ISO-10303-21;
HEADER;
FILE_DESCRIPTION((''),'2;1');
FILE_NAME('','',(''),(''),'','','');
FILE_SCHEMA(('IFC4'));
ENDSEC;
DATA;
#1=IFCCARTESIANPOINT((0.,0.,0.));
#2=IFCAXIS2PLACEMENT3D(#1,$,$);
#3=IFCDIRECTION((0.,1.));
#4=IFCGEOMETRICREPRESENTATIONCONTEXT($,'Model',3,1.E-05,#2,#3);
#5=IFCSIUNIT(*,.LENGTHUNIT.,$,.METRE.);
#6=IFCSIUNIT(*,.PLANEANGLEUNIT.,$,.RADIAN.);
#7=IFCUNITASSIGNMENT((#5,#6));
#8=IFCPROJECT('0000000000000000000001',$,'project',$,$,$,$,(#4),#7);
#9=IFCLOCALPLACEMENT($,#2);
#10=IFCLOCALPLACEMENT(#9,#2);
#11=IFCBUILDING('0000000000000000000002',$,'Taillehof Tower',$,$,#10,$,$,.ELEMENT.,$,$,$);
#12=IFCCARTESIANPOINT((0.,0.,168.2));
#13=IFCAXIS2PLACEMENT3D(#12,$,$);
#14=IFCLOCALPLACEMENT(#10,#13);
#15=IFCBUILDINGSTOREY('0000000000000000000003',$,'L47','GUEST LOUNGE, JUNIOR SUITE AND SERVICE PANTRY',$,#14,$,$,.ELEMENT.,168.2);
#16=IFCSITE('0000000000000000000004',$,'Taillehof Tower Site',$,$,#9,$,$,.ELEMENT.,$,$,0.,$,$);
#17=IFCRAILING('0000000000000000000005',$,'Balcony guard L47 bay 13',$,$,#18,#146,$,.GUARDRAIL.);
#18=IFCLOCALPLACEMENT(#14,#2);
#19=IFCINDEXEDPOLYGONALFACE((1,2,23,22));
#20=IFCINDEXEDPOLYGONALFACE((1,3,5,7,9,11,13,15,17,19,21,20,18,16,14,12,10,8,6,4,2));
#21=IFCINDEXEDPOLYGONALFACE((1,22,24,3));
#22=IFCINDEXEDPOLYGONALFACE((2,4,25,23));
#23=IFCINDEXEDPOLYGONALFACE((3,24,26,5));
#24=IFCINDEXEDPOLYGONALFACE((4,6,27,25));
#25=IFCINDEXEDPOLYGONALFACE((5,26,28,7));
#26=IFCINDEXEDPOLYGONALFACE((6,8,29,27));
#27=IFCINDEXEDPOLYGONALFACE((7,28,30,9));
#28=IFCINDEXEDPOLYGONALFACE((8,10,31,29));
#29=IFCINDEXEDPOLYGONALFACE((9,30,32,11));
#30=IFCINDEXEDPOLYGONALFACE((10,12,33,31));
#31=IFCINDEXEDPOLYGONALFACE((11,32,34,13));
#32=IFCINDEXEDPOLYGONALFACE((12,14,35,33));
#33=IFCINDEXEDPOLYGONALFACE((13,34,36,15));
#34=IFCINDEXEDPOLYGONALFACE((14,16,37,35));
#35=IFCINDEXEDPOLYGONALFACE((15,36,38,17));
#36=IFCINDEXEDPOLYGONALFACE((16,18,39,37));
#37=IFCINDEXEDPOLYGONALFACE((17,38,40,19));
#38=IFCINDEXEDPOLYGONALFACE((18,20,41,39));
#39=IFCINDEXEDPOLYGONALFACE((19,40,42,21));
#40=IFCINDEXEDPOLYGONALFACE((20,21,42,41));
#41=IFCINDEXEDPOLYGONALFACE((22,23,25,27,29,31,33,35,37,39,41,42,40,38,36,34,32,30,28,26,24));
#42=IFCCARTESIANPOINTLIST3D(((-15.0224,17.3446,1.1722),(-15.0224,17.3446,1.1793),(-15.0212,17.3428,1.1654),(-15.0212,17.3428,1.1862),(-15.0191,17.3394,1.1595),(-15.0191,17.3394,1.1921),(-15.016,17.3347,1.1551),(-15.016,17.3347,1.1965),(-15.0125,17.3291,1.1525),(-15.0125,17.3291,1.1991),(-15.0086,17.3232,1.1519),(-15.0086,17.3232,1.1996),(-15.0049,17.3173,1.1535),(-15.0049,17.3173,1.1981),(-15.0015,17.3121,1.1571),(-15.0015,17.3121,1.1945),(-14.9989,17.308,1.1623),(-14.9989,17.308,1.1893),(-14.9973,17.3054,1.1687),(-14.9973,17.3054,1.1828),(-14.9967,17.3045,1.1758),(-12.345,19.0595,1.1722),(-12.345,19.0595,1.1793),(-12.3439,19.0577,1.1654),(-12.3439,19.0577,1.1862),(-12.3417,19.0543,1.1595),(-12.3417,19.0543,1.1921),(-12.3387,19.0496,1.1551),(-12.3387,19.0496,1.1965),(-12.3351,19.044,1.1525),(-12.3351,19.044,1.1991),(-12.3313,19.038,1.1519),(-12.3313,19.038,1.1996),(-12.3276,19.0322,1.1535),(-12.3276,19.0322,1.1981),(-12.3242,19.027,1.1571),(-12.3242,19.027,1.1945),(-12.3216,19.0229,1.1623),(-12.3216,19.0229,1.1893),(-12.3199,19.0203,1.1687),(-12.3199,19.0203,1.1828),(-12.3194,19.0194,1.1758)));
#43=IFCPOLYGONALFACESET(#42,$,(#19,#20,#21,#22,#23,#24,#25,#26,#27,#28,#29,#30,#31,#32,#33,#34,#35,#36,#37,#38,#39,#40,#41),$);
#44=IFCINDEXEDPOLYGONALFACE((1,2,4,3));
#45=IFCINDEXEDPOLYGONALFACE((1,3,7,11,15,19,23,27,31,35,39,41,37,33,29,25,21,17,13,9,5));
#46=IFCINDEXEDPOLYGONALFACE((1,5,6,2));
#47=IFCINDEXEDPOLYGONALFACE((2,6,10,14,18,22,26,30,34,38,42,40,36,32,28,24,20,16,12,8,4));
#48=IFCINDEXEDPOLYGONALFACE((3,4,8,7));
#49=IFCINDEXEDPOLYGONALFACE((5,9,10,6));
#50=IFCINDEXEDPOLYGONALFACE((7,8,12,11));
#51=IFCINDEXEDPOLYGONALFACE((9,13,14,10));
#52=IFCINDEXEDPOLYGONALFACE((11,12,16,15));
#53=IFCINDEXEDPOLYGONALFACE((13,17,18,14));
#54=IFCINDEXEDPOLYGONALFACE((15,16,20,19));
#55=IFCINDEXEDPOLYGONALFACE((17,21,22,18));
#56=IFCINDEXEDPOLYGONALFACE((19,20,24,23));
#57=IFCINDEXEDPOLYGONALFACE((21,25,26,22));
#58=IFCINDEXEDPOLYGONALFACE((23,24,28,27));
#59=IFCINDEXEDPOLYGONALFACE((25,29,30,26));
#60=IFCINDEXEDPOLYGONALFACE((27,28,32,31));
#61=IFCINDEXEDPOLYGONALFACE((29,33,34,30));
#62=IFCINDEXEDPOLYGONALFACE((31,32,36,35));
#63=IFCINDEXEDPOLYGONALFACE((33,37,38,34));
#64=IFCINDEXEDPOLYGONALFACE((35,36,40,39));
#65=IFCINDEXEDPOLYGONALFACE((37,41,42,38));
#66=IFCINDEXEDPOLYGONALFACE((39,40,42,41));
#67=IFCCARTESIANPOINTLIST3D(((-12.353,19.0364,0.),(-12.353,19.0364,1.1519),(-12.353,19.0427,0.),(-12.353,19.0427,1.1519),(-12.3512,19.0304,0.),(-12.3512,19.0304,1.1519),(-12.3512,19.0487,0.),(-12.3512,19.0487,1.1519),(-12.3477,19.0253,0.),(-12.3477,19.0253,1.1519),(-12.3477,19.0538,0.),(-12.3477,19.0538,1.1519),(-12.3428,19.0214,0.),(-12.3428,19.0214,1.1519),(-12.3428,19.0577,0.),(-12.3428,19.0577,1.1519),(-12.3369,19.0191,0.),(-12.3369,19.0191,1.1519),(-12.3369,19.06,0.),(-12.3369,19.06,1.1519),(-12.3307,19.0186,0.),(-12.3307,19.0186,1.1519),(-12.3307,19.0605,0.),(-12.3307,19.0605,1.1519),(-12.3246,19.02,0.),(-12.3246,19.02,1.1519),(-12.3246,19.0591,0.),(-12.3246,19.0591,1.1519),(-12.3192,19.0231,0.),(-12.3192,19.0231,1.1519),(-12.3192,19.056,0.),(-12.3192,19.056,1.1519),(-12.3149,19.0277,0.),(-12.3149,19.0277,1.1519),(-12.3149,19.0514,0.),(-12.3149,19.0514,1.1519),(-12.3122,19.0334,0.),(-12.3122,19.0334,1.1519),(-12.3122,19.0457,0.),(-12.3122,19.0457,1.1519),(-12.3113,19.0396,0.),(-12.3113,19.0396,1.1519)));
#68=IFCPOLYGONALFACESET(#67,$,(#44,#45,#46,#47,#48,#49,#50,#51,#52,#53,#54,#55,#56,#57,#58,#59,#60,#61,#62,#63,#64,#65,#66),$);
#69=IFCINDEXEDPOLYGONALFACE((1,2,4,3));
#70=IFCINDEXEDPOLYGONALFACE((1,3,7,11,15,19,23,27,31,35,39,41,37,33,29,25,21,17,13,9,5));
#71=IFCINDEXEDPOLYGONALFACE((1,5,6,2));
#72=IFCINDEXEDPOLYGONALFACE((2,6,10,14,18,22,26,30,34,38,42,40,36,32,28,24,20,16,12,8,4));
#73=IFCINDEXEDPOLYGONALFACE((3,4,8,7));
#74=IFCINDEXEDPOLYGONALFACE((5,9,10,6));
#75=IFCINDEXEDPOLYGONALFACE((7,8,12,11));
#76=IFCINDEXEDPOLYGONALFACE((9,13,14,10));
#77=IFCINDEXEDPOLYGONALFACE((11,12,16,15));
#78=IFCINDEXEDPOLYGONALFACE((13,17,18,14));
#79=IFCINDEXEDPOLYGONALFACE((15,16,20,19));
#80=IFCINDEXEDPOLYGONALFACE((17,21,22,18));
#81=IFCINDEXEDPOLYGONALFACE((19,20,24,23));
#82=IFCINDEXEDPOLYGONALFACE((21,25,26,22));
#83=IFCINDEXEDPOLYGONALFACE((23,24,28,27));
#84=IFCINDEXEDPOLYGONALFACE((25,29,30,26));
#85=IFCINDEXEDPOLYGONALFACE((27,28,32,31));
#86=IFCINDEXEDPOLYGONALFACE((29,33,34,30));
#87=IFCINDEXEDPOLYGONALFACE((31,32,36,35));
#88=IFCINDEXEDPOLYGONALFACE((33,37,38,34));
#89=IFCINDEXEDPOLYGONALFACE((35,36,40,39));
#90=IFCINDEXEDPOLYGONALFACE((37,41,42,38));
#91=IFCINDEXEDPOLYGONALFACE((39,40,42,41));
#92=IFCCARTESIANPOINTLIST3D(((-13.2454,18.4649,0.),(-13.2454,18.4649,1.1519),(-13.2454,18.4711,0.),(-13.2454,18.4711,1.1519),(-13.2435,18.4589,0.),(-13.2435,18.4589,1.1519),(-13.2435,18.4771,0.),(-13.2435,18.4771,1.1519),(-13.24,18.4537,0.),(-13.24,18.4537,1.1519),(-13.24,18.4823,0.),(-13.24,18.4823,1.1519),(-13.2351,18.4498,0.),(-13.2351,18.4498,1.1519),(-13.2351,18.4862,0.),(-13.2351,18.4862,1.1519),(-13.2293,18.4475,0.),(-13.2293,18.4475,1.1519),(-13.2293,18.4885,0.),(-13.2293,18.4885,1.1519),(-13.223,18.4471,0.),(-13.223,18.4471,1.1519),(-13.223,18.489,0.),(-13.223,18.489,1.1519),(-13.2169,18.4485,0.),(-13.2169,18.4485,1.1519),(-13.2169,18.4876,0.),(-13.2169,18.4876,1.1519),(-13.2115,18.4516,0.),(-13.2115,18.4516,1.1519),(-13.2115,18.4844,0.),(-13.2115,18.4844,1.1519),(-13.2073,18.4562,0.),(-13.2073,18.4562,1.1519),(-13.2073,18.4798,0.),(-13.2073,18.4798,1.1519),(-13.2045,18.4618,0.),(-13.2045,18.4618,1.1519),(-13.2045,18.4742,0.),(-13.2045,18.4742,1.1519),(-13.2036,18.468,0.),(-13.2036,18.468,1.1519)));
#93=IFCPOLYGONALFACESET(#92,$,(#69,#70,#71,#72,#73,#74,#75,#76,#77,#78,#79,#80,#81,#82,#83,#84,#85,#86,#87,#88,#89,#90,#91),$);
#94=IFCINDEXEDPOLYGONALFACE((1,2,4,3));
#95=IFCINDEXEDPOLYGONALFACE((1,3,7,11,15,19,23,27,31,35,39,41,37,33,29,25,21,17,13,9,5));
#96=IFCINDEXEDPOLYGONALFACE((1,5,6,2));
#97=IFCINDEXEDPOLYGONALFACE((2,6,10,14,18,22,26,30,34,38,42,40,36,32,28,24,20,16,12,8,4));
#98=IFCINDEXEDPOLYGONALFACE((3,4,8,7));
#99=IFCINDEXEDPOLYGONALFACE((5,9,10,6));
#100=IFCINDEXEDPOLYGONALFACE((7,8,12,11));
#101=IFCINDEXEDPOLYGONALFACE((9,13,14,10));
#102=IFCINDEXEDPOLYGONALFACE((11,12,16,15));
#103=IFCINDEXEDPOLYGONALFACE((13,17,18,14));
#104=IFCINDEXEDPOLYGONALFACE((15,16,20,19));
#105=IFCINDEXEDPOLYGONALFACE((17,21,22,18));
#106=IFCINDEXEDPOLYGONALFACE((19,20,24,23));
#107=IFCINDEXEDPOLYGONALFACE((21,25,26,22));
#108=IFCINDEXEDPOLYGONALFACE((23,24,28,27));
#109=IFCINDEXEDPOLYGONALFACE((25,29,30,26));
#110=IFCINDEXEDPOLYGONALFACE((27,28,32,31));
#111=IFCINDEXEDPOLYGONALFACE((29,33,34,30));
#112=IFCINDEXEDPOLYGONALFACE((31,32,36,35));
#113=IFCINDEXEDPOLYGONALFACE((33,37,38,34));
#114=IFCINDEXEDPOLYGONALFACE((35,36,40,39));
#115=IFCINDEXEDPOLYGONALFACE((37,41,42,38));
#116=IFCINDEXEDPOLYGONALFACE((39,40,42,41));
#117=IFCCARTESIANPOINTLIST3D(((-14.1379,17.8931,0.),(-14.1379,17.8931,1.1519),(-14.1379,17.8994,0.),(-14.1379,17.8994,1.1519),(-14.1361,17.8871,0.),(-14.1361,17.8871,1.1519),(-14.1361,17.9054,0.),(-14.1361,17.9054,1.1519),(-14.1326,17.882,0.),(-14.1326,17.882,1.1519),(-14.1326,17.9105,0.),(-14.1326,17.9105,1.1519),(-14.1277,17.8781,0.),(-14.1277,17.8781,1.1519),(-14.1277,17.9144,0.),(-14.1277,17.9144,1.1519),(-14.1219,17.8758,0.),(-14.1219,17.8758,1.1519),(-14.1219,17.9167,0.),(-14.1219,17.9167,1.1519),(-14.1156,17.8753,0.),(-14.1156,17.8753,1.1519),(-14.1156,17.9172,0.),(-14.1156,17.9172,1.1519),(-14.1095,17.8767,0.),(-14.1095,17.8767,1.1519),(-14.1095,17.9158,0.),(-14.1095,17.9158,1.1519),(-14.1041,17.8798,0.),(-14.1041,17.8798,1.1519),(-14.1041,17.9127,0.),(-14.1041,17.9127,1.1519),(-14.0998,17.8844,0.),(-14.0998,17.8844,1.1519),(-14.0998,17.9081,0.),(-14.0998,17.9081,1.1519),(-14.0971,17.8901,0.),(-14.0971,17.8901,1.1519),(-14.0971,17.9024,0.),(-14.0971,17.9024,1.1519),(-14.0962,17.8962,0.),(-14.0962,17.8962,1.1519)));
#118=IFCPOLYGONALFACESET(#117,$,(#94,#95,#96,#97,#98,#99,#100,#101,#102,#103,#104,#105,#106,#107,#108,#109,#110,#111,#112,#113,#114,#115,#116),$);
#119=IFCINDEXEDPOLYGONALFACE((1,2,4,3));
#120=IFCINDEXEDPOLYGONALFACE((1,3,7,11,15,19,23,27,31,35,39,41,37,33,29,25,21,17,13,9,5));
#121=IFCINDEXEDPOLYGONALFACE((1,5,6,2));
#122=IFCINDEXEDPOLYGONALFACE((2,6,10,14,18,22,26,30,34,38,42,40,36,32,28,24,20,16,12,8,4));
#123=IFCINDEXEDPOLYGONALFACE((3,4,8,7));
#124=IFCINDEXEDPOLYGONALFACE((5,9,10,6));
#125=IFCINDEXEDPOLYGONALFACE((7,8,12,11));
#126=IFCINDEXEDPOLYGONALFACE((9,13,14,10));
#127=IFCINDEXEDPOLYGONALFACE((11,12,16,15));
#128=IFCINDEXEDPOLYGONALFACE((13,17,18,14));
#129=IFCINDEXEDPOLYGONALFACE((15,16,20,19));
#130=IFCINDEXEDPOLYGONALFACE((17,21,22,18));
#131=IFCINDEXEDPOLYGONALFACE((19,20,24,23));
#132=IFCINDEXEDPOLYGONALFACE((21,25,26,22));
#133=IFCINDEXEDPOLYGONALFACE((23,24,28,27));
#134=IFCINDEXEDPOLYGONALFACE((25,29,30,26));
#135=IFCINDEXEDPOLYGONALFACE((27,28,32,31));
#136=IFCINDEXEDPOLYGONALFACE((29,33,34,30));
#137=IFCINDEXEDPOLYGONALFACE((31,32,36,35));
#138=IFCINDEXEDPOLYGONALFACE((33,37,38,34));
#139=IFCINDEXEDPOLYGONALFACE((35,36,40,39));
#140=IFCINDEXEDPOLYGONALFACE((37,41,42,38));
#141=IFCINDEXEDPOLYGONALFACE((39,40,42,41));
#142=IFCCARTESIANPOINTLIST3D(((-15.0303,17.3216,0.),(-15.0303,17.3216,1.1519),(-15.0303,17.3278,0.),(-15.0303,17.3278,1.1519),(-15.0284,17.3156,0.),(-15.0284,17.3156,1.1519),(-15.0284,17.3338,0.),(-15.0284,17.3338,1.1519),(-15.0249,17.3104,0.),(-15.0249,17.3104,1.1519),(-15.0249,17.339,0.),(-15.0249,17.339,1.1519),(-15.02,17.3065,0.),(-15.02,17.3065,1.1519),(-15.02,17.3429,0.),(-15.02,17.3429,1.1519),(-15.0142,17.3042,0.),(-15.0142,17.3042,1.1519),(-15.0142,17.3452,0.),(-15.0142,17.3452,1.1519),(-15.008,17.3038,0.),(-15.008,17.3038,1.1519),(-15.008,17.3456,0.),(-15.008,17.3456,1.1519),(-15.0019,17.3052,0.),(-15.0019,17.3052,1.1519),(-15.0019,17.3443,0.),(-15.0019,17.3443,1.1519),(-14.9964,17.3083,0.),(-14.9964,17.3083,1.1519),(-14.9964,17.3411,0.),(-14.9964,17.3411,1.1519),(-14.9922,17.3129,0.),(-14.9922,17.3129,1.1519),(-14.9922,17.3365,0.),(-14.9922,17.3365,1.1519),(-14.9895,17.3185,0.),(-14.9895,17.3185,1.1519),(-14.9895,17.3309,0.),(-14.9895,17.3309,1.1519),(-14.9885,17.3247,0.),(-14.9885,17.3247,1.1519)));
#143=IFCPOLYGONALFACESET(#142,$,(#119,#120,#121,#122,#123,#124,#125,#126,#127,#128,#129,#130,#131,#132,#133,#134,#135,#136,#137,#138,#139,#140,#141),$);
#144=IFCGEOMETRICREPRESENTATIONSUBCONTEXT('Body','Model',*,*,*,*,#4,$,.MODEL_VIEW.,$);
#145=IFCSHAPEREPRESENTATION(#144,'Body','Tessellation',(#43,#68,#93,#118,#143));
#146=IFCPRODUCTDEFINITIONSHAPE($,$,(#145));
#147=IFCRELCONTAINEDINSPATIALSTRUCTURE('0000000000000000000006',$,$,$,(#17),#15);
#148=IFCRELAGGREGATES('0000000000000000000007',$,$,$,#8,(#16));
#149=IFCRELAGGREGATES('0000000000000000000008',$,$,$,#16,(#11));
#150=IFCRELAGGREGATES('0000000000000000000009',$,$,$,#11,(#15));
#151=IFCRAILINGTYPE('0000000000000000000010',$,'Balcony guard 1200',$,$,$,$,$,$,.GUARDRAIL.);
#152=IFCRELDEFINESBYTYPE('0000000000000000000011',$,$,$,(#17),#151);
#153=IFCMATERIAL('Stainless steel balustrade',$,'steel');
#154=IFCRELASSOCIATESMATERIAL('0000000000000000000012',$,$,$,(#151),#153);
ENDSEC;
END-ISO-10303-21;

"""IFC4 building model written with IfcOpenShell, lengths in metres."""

from ifc_helpers import new_model, si_unit, direction, frame, origin, origin_2d, place, context, subcontext, project, spatial, circle, extrude, material, type_object, element, save


model = new_model("IFC4")

# Units and contexts
model_context = context("Model", 3, precision=1e-05, world=origin(), true_north=direction((0.0, 1.0)))
body_context = subcontext(model_context, "Body", "Model", "MODEL_VIEW")
ifc_project = project(units=[si_unit("LENGTHUNIT", "METRE"), si_unit("PLANEANGLEUNIT", "RADIAN")], contexts=[model_context])

# Site, building, storey
site_placement = place(None, origin())
site = spatial("IfcSite", under=ifc_project, at=site_placement, Name="Taillehof Tower Site", CompositionType="ELEMENT", RefElevation=0.0)
building_placement = place(site_placement, origin())
building = spatial("IfcBuilding", under=site, at=building_placement, Name="Taillehof Tower", CompositionType="ELEMENT")
storey_placement = place(building_placement, frame((0.0, 0.0, 168.2)))
storey = spatial("IfcBuildingStorey", under=building, at=storey_placement, Name="L47", Description="GUEST LOUNGE, JUNIOR SUITE AND SERVICE PANTRY", CompositionType="ELEMENT", Elevation=168.2)

# Railing
ifc_material_1 = material(Name="Stainless steel balustrade", Category="steel")
railing_type = type_object("IfcRailingType", Name="Balcony guard 1200", PredefinedType="GUARDRAIL", material=ifc_material_1)
railing_1_placement = place(storey_placement, frame((-12.3323, 19.0396, 0.0)))
element("IfcRailing", 1, at=railing_1_placement, inside=storey, type_object=railing_type, Name="Balcony guard L47 bay 13", PredefinedType="GUARDRAIL", context=body_context, shape_type="SweptSolid", body=[
    extrude(circle(Radius=0.0239, at=origin_2d()), frame((0.0, 0.0, 1.1758), z_axis=(-0.842071, -0.539367, 0.0), x_axis=(0.539367, -0.842071, 0.0)), (0.0, 0.0, 1.0), 3.1794),
    extrude(circle(Radius=0.021, at=origin_2d()), origin(), (0.0, 0.0, 1.0), 1.1519),
    extrude(circle(Radius=0.021, at=origin_2d()), frame((-0.8923, -0.5715, 0.0)), (0.0, 0.0, 1.0), 1.1519),
    extrude(circle(Radius=0.021, at=origin_2d()), frame((-1.7849, -1.1433, 0.0)), (0.0, 0.0, 1.0), 1.1519),
    extrude(circle(Radius=0.021, at=origin_2d()), frame((-2.6772, -1.7148, 0.0)), (0.0, 0.0, 1.0), 1.1519),
])

save(model, "model.ifc")
